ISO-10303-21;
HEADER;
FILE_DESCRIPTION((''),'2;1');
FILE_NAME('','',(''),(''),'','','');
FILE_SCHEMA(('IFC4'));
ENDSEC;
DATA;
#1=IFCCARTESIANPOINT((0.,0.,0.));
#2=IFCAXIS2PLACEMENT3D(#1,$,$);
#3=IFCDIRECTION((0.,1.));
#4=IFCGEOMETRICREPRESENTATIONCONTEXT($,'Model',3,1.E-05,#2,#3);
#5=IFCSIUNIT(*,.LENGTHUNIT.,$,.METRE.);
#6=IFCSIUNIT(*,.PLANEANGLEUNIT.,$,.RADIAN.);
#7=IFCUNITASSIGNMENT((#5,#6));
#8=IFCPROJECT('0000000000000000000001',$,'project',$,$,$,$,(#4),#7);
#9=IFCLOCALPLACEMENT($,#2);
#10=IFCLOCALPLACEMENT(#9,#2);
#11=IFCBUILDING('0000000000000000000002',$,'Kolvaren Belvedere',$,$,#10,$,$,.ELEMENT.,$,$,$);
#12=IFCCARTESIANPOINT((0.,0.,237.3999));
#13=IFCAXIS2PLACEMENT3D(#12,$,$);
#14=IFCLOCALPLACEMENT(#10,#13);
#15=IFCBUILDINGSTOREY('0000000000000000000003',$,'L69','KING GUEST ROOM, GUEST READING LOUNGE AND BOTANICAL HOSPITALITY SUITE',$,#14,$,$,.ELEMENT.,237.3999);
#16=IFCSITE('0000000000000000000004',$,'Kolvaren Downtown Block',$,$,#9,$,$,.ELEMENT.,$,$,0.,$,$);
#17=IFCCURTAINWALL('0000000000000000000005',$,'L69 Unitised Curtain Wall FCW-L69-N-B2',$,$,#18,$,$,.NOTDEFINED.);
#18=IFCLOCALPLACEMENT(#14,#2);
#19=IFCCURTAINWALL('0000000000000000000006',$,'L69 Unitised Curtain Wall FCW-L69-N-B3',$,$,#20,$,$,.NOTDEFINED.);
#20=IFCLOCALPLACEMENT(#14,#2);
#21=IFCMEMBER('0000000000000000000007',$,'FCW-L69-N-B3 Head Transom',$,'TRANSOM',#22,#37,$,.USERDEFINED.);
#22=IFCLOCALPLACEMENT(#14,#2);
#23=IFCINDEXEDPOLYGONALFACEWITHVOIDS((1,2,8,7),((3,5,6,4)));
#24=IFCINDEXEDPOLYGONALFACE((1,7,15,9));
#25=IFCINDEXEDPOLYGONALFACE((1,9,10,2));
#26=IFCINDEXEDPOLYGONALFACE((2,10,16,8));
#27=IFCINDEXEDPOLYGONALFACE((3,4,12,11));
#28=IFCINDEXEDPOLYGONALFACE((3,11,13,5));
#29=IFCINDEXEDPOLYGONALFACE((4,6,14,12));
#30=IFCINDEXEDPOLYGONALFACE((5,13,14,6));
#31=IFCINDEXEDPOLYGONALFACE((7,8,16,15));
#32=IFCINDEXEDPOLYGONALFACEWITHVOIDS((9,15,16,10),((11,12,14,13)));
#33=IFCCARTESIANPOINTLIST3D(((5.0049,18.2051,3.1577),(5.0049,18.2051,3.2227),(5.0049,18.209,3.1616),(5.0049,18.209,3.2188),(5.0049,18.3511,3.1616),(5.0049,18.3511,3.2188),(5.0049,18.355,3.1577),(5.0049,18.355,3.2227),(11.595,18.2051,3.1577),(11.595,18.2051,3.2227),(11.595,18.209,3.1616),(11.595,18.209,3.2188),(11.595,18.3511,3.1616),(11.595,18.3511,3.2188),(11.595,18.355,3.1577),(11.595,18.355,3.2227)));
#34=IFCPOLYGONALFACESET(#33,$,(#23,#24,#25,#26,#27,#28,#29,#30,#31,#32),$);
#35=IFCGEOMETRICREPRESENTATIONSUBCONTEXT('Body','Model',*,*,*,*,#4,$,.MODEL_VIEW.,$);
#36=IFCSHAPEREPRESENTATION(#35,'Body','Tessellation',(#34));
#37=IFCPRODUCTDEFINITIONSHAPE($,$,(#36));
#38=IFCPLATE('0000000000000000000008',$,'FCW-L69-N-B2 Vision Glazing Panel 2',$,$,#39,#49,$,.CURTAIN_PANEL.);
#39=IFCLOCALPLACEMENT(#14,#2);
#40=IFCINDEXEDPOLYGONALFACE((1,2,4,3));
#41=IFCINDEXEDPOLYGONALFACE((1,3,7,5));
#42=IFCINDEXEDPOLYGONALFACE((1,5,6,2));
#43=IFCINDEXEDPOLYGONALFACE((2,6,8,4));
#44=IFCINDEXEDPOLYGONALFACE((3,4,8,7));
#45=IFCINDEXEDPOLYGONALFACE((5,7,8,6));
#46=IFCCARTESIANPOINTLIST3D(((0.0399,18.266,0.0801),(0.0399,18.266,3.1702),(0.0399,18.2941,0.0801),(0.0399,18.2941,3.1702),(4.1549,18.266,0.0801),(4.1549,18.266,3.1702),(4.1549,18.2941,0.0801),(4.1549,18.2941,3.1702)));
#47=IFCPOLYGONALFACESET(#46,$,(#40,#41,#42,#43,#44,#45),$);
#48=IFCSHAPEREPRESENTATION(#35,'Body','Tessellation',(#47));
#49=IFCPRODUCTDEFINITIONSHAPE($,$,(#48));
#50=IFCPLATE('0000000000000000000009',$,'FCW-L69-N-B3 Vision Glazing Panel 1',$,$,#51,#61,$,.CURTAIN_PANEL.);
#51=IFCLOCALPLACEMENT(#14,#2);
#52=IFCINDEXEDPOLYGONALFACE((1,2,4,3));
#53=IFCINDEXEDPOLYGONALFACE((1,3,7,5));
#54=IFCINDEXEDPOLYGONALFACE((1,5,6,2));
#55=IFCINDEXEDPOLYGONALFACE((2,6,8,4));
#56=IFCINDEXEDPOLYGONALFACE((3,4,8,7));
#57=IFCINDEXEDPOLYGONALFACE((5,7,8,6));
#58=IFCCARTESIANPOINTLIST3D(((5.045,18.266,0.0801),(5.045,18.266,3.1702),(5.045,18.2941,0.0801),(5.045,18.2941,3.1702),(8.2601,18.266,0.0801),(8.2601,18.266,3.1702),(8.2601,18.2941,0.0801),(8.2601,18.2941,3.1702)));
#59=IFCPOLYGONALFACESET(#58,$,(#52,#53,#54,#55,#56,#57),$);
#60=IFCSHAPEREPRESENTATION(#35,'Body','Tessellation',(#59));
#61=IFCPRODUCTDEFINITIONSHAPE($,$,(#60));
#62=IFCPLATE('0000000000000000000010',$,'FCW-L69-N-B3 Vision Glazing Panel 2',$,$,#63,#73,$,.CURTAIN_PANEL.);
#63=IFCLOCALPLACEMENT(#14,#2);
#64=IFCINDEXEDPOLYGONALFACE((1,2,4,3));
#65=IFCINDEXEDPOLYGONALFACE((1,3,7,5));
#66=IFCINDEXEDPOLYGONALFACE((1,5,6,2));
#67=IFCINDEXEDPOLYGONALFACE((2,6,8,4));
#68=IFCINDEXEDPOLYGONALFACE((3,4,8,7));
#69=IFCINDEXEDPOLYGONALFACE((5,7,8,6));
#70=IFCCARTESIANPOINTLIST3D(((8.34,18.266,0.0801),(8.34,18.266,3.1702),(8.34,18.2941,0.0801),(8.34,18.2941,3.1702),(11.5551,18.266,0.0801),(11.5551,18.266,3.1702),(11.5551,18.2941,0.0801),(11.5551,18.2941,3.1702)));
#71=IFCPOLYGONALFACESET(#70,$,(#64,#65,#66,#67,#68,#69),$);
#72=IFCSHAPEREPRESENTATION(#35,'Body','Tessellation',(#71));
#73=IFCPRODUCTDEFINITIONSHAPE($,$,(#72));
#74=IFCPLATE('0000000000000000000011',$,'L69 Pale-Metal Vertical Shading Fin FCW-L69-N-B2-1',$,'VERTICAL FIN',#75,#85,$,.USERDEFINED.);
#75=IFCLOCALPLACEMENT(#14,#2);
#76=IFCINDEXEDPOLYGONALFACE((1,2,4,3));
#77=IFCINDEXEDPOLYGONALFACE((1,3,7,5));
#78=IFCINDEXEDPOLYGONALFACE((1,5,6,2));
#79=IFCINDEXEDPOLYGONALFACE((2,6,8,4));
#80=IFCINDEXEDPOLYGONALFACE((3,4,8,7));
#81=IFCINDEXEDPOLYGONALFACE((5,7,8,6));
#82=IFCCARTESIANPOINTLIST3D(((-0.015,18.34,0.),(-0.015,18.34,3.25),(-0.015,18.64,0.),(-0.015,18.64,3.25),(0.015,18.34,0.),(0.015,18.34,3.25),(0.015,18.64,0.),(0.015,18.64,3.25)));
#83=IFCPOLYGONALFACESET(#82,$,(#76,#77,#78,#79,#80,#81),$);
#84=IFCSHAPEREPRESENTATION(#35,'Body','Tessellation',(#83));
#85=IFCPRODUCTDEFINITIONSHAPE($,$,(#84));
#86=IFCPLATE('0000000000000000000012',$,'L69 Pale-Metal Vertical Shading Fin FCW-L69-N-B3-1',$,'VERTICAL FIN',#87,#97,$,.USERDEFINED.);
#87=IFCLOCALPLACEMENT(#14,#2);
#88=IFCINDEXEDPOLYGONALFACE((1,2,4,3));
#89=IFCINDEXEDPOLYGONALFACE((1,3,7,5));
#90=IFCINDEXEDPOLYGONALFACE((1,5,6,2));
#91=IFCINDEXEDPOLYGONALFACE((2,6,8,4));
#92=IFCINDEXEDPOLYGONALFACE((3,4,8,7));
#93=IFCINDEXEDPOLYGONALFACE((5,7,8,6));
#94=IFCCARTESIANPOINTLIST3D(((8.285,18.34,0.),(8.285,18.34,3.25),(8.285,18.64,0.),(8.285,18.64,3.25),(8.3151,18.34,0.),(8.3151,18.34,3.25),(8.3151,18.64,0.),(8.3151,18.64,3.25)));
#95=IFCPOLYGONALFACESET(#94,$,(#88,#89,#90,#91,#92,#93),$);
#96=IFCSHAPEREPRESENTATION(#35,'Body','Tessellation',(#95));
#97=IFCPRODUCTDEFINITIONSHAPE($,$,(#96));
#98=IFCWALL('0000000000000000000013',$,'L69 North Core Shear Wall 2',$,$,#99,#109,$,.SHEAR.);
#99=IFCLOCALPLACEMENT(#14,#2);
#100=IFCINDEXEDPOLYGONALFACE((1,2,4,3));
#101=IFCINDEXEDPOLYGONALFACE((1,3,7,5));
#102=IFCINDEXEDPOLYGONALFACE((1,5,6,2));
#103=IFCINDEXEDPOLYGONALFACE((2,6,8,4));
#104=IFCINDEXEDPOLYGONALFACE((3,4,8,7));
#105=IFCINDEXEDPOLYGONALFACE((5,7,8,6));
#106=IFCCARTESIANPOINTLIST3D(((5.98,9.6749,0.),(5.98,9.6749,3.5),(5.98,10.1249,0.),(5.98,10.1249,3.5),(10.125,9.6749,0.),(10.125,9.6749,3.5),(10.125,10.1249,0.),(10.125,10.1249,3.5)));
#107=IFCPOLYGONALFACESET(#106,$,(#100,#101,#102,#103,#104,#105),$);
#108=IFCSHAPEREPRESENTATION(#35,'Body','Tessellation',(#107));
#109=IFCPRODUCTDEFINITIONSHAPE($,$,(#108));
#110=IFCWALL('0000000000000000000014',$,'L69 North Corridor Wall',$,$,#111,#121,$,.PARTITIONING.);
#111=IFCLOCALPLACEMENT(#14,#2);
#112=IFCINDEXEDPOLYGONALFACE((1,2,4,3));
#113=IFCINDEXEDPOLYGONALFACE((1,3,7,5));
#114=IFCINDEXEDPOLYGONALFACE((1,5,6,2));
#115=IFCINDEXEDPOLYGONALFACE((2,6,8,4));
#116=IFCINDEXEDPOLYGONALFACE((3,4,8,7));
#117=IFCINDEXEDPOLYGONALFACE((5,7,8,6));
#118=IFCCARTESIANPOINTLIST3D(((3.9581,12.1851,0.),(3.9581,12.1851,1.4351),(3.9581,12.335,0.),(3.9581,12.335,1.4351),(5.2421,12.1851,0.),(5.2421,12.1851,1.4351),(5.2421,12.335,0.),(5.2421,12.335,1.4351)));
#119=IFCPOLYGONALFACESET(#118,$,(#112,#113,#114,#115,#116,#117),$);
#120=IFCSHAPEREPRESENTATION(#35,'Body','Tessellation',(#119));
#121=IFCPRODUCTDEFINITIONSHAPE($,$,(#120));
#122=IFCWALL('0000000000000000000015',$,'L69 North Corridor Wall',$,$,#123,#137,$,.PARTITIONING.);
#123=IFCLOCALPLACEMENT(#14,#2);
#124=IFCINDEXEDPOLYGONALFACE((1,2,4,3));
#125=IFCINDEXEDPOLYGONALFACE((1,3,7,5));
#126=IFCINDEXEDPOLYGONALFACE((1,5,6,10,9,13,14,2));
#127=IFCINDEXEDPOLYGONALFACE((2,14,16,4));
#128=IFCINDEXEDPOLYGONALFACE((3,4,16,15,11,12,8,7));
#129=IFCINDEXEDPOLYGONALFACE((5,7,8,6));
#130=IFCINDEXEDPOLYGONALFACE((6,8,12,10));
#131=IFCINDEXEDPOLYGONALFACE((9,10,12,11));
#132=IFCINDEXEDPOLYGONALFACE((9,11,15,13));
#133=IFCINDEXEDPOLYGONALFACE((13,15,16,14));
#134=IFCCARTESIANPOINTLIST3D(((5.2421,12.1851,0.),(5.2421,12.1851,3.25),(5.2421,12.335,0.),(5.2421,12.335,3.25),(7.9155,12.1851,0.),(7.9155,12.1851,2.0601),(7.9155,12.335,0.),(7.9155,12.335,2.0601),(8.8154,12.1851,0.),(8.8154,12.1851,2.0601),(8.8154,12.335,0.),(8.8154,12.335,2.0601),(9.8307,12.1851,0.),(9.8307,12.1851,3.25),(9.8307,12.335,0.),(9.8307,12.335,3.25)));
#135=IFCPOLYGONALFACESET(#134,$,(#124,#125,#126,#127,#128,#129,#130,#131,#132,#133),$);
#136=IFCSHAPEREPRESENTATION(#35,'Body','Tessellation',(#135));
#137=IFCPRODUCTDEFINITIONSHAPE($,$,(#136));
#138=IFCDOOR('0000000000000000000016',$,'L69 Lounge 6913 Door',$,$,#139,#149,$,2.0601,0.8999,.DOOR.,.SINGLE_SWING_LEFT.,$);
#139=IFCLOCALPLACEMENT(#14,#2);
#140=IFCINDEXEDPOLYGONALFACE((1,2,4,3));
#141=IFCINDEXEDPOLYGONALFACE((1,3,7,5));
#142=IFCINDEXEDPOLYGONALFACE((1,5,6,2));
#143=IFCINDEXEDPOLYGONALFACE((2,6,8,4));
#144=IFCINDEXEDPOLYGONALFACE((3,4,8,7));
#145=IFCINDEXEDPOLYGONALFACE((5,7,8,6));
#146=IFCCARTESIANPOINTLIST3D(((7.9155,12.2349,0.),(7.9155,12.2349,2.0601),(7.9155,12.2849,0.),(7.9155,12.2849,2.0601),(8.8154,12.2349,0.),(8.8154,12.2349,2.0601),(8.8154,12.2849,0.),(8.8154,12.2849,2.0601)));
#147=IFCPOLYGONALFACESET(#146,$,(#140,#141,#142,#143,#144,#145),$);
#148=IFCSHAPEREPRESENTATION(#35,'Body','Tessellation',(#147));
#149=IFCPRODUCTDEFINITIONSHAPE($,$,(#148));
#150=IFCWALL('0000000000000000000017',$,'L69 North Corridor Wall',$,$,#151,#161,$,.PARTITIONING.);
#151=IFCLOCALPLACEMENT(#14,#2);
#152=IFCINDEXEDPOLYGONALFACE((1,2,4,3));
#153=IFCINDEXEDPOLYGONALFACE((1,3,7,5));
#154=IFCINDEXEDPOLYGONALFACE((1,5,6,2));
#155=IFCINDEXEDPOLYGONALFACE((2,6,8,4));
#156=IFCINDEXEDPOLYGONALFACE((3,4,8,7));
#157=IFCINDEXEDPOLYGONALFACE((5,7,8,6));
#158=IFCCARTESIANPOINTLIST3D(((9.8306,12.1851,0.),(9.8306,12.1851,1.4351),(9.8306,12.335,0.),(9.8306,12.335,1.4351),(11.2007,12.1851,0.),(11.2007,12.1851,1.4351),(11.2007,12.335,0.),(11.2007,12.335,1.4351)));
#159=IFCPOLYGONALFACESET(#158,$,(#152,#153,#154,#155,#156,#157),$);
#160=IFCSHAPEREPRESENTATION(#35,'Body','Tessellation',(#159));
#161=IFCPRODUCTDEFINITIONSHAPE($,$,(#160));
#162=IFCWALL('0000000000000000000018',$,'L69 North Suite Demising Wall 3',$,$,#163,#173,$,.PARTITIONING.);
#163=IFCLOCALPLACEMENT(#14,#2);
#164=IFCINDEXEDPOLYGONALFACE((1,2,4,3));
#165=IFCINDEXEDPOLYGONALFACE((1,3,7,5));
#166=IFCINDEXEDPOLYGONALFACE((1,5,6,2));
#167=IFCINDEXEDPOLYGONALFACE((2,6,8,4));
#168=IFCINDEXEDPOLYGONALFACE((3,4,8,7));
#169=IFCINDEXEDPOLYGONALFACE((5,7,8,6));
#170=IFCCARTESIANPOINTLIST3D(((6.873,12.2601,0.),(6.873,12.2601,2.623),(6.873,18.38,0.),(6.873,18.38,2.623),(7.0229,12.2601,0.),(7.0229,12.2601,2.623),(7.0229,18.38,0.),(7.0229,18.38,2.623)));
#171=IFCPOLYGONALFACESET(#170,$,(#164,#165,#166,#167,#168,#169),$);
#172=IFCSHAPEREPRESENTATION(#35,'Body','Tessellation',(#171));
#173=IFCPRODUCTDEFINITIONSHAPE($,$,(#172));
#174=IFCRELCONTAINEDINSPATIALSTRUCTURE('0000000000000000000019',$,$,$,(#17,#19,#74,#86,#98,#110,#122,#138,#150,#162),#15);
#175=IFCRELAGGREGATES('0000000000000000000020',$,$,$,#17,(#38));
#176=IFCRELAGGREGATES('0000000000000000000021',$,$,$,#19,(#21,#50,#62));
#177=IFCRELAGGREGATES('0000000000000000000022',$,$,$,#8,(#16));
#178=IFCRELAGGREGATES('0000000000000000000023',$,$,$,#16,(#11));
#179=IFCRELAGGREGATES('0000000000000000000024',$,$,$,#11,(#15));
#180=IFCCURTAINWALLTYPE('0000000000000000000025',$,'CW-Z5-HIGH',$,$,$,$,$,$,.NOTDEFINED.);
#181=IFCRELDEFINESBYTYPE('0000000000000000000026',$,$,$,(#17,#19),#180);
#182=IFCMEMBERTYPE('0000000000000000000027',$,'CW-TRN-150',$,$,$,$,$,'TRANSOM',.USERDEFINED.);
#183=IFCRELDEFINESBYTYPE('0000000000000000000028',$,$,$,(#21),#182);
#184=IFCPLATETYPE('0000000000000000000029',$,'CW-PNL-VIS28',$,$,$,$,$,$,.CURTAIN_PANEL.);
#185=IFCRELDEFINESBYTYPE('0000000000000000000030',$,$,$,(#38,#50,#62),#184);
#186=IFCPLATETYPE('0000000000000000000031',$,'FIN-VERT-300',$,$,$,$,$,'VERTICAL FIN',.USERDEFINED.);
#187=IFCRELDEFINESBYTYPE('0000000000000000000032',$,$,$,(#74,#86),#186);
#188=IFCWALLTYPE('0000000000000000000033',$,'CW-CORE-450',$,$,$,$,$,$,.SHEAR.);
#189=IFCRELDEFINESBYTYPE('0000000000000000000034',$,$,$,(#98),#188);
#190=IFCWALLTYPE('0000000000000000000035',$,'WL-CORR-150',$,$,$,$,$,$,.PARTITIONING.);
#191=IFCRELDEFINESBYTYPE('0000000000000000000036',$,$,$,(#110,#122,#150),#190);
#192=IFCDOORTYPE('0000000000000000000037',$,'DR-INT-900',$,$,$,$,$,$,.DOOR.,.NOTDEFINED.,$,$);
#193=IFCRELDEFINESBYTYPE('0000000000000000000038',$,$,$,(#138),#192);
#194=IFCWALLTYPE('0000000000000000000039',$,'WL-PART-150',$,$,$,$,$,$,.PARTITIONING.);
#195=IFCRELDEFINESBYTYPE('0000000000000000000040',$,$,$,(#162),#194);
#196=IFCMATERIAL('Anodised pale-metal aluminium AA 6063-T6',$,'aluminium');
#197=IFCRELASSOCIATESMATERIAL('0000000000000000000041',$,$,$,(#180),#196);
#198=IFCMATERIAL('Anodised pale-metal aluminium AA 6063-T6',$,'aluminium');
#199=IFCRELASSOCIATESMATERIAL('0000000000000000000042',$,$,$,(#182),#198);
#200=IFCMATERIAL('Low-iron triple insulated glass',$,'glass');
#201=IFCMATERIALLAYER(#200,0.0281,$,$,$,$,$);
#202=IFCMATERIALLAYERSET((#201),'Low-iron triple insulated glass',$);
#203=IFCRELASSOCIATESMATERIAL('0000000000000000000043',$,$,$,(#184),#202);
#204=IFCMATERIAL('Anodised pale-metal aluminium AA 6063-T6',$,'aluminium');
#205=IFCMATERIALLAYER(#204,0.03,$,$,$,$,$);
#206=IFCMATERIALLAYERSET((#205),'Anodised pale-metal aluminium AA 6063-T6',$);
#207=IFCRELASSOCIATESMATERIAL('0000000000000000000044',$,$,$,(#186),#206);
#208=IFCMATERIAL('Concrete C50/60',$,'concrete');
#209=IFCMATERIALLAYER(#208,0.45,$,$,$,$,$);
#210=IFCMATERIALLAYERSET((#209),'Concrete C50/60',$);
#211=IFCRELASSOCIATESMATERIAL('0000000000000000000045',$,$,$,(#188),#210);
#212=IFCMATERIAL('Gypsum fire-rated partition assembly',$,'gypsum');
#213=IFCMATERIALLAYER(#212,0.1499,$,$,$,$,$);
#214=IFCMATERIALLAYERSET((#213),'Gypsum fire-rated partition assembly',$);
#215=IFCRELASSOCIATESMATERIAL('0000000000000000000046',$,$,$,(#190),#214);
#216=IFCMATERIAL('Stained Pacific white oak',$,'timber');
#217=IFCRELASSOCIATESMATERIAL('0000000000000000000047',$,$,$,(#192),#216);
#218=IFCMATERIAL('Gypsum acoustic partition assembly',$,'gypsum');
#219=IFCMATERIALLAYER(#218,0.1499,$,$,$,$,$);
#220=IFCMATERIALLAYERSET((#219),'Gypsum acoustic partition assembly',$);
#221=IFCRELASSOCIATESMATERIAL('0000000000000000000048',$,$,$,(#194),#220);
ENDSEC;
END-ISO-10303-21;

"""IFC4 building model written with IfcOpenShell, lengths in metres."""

from ifc_helpers import new_model, si_unit, direction, frame, frame_2d, origin, origin_2d, place, context, subcontext, project, spatial, rectangle, hollow_rectangle, extrude, material, layer, layer_set, material_profile, profile_set, type_object, element, fill, aggregate, save


model = new_model("IFC4")

# Units and contexts
model_context = context("Model", 3, precision=1e-05, world=origin(), true_north=direction((0.0, 1.0)))
body_context = subcontext(model_context, "Body", "Model", "MODEL_VIEW")
ifc_project = project(units=[si_unit("LENGTHUNIT", "METRE"), si_unit("PLANEANGLEUNIT", "RADIAN")], contexts=[model_context])

# Site, building, storey
site_placement = place(None, origin())
site = spatial("IfcSite", under=ifc_project, at=site_placement, Name="Kolvaren Downtown Block", CompositionType="ELEMENT", RefElevation=0.0)
building_placement = place(site_placement, origin())
building = spatial("IfcBuilding", under=site, at=building_placement, Name="Kolvaren Belvedere", CompositionType="ELEMENT")
storey_placement = place(building_placement, frame((0.0, 0.0, 237.3999)))
storey = spatial("IfcBuildingStorey", under=building, at=storey_placement, Name="L69", Description="KING GUEST ROOM, GUEST READING LOUNGE AND BOTANICAL HOSPITALITY SUITE", CompositionType="ELEMENT", Elevation=237.3999)

# Curtain walls, member
ifc_material_1 = material(Name="Anodised pale-metal aluminium AA 6063-T6", Category="aluminium")
curtain_wall_type = type_object("IfcCurtainWallType", Name="CW-Z5-HIGH", PredefinedType="NOTDEFINED", material=ifc_material_1)
curtain_wall_1_placement = place(storey_placement, origin())
curtain_wall_1 = element("IfcCurtainWall", 1, at=curtain_wall_1_placement, inside=storey, type_object=curtain_wall_type, Name="L69 Unitised Curtain Wall FCW-L69-N-B2", PredefinedType="NOTDEFINED")
curtain_wall_2_placement = place(storey_placement, origin())
curtain_wall_2 = element("IfcCurtainWall", 2, at=curtain_wall_2_placement, inside=storey, type_object=curtain_wall_type, Name="L69 Unitised Curtain Wall FCW-L69-N-B3", PredefinedType="NOTDEFINED")
ifc_material_2 = material(Name="Anodised pale-metal aluminium AA 6063-T6", Category="aluminium")
ifc_material_profile_1 = material_profile(ifc_material_2, hollow_rectangle(XDim=0.0649, YDim=0.1499, WallThickness=0.0039, at=origin_2d()), Name="ALU-TRN-150X65")
ifc_profile_set_1 = profile_set([ifc_material_profile_1], Name="Anodised pale-metal aluminium AA 6063-T6")
member_type_1 = type_object("IfcMemberType", Name="CW-TRN-150", ElementType="TRANSOM", PredefinedType="USERDEFINED", material=ifc_profile_set_1)
member_1_placement = place(storey_placement, frame((5.0049, 18.28, 3.1902), z_axis=(1.0, 0.0, 0.0), x_axis=(0.0, 0.0, 1.0)))
member_1 = element("IfcMember", 3, at=member_1_placement, type_object=member_type_1, Name="FCW-L69-N-B3 Head Transom", ObjectType="TRANSOM", PredefinedType="USERDEFINED", context=body_context, shape_type="SweptSolid", body=[
    extrude(hollow_rectangle(XDim=0.0649, YDim=0.1499, WallThickness=0.0039, at=origin_2d()), origin(), (0.0, 0.0, 1.0), 6.5901),
])

# Plates
ifc_material_3 = material(Name="Low-iron triple insulated glass", Category="glass")
ifc_layer_1 = layer(ifc_material_3, 0.0281)
ifc_layer_set_1 = layer_set([ifc_layer_1], Name="Low-iron triple insulated glass")
plate_type_1 = type_object("IfcPlateType", Name="CW-PNL-VIS28", PredefinedType="CURTAIN_PANEL", material=ifc_layer_set_1)
plate_1_placement = place(storey_placement, frame((2.0974, 18.28, 0.0801), z_axis=(0.0, 0.0, 1.0), x_axis=(1.0, 0.0, 0.0)))
plate_1 = element("IfcPlate", 4, at=plate_1_placement, type_object=plate_type_1, Name="FCW-L69-N-B2 Vision Glazing Panel 2", PredefinedType="CURTAIN_PANEL", context=body_context, shape_type="SweptSolid", body=[
    extrude(rectangle(XDim=4.115, YDim=0.0281, at=origin_2d()), origin(), (0.0, 0.0, 1.0), 3.0901),
])
aggregate(curtain_wall_1, [plate_1])
plate_2_placement = place(storey_placement, frame((6.6526, 18.28, 0.0801), z_axis=(0.0, 0.0, 1.0), x_axis=(1.0, 0.0, 0.0)))
plate_2 = element("IfcPlate", 5, at=plate_2_placement, type_object=plate_type_1, Name="FCW-L69-N-B3 Vision Glazing Panel 1", PredefinedType="CURTAIN_PANEL", context=body_context, shape_type="SweptSolid", body=[
    extrude(rectangle(XDim=3.2151, YDim=0.0281, at=origin_2d()), origin(), (0.0, 0.0, 1.0), 3.0901),
])
plate_3_placement = place(storey_placement, frame((9.9475, 18.28, 0.0801), z_axis=(0.0, 0.0, 1.0), x_axis=(1.0, 0.0, 0.0)))
plate_3 = element("IfcPlate", 6, at=plate_3_placement, type_object=plate_type_1, Name="FCW-L69-N-B3 Vision Glazing Panel 2", PredefinedType="CURTAIN_PANEL", context=body_context, shape_type="SweptSolid", body=[
    extrude(rectangle(XDim=3.2151, YDim=0.0281, at=origin_2d()), origin(), (0.0, 0.0, 1.0), 3.0901),
])
aggregate(curtain_wall_2, [member_1, plate_2, plate_3])

# Plates
ifc_material_4 = material(Name="Anodised pale-metal aluminium AA 6063-T6", Category="aluminium")
ifc_layer_2 = layer(ifc_material_4, 0.03)
ifc_layer_set_2 = layer_set([ifc_layer_2], Name="Anodised pale-metal aluminium AA 6063-T6")
plate_type_2 = type_object("IfcPlateType", Name="FIN-VERT-300", ElementType="VERTICAL FIN", PredefinedType="USERDEFINED", material=ifc_layer_set_2)
for number, where, z_axis, x_axis, name in (
    (7, (0.0, 18.49, 0.0), (0.0, 0.0, 1.0), (0.0, 1.0, 0.0), "L69 Pale-Metal Vertical Shading Fin FCW-L69-N-B2-1"),
    (8, (8.3, 18.49, 0.0), (0.0, 0.0, 1.0), (0.0, 1.0, 0.0), "L69 Pale-Metal Vertical Shading Fin FCW-L69-N-B3-1"),
):
    element("IfcPlate", number, at=place(storey_placement, frame(where, z_axis=z_axis, x_axis=x_axis)), inside=storey, type_object=plate_type_2, Name=name, ObjectType="VERTICAL FIN", PredefinedType="USERDEFINED", context=body_context, shape_type="SweptSolid", body=[
        extrude(rectangle(XDim=0.3, YDim=0.03, at=origin_2d()), origin(), (0.0, 0.0, 1.0), 3.25),
    ])

# Walls
ifc_material_5 = material(Name="Concrete C50/60", Category="concrete")
ifc_layer_3 = layer(ifc_material_5, 0.45)
ifc_layer_set_3 = layer_set([ifc_layer_3], Name="Concrete C50/60")
wall_type_1 = type_object("IfcWallType", Name="CW-CORE-450", PredefinedType="SHEAR", material=ifc_layer_set_3)
wall_1_placement = place(storey_placement, frame((5.98, 9.8999, 0.0), z_axis=(0.0, 0.0, 1.0), x_axis=(1.0, 0.0, 0.0)))
element("IfcWall", 9, at=wall_1_placement, inside=storey, type_object=wall_type_1, Name="L69 North Core Shear Wall 2", PredefinedType="SHEAR", context=body_context, shape_type="SweptSolid", body=[
    extrude(rectangle(XDim=4.145, YDim=0.45, at=frame_2d((2.0725, 0.0))), origin(), (0.0, 0.0, 1.0), 3.5),
])
ifc_material_6 = material(Name="Gypsum fire-rated partition assembly", Category="gypsum")
ifc_layer_4 = layer(ifc_material_6, 0.1499)
ifc_layer_set_4 = layer_set([ifc_layer_4], Name="Gypsum fire-rated partition assembly")
wall_type_2 = type_object("IfcWallType", Name="WL-CORR-150", PredefinedType="PARTITIONING", material=ifc_layer_set_4)
wall_2_placement = place(storey_placement, frame((3.958, 12.26, 0.0), z_axis=(0.0, 0.0, 1.0), x_axis=(1.0, 0.0, 0.0)))
element("IfcWall", 10, at=wall_2_placement, inside=storey, type_object=wall_type_2, Name="L69 North Corridor Wall", PredefinedType="PARTITIONING", context=body_context, shape_type="SweptSolid", body=[
    extrude(rectangle(XDim=1.2839, YDim=0.1499, at=frame_2d((0.6421, 0.0))), origin(), (0.0, 0.0, 1.0), 1.4351),
])

# Wall, opening, door
wall_3_placement = place(storey_placement, frame((5.2419, 12.26, 0.0), z_axis=(0.0, 0.0, 1.0), x_axis=(1.0, 0.0, 0.0)))
wall_3 = element("IfcWall", 11, at=wall_3_placement, inside=storey, type_object=wall_type_2, Name="L69 North Corridor Wall", PredefinedType="PARTITIONING", context=body_context, shape_type="SweptSolid", body=[
    extrude(rectangle(XDim=4.5886, YDim=0.1499, at=frame_2d((2.2944, 0.0))), origin(), (0.0, 0.0, 1.0), 3.25),
])
opening_1_placement = place(wall_3_placement, frame((2.6736, 0.0, 0.0)))
opening_1 = element("IfcOpeningElement", 12, at=opening_1_placement, cuts=wall_3, PredefinedType="OPENING", context=body_context, shape_type="SweptSolid", body=[
    extrude(rectangle(XDim=0.8999, YDim=2.0601, at=frame_2d((0.45, 1.03))), frame((0.0, 0.085, 0.0), z_axis=(0.0, -1.0, 0.0), x_axis=(1.0, 0.0, 0.0)), (0.0, 0.0, 1.0), 0.1699),
])
ifc_material_7 = material(Name="Stained Pacific white oak", Category="timber")
door_type_1 = type_object("IfcDoorType", Name="DR-INT-900", OperationType="NOTDEFINED", PredefinedType="DOOR", material=ifc_material_7)
door_1_placement = place(opening_1_placement, origin())
door_1 = element("IfcDoor", 13, at=door_1_placement, inside=storey, type_object=door_type_1, Name="L69 Lounge 6913 Door", OperationType="SINGLE_SWING_LEFT", OverallHeight=2.0601, OverallWidth=0.8999, PredefinedType="DOOR", context=body_context, shape_type="SweptSolid", body=[
    extrude(rectangle(XDim=0.8999, YDim=2.0601, at=frame_2d((0.45, 1.03))), frame((0.0, 0.0249, 0.0), z_axis=(0.0, -1.0, 0.0), x_axis=(1.0, 0.0, 0.0)), (0.0, 0.0, 1.0), 0.05),
])
fill(opening_1, door_1)

# Walls
wall_4_placement = place(storey_placement, frame((9.8306, 12.26, 0.0), z_axis=(0.0, 0.0, 1.0), x_axis=(1.0, 0.0, 0.0)))
element("IfcWall", 14, at=wall_4_placement, inside=storey, type_object=wall_type_2, Name="L69 North Corridor Wall", PredefinedType="PARTITIONING", context=body_context, shape_type="SweptSolid", body=[
    extrude(rectangle(XDim=1.3701, YDim=0.1499, at=frame_2d((0.6851, 0.0))), origin(), (0.0, 0.0, 1.0), 1.4351),
])
ifc_material_8 = material(Name="Gypsum acoustic partition assembly", Category="gypsum")
ifc_layer_5 = layer(ifc_material_8, 0.1499)
ifc_layer_set_5 = layer_set([ifc_layer_5], Name="Gypsum acoustic partition assembly")
wall_type_3 = type_object("IfcWallType", Name="WL-PART-150", PredefinedType="PARTITIONING", material=ifc_layer_set_5)
wall_5_placement = place(storey_placement, frame((6.948, 12.26, 0.0), z_axis=(0.0, 0.0, 1.0), x_axis=(0.0, 1.0, 0.0)))
element("IfcWall", 15, at=wall_5_placement, inside=storey, type_object=wall_type_3, Name="L69 North Suite Demising Wall 3", PredefinedType="PARTITIONING", context=body_context, shape_type="SweptSolid", body=[
    extrude(rectangle(XDim=6.1199, YDim=0.1499, at=frame_2d((3.0601, 0.0))), origin(), (0.0, 0.0, 1.0), 2.623),
])

save(model, "model.ifc")
